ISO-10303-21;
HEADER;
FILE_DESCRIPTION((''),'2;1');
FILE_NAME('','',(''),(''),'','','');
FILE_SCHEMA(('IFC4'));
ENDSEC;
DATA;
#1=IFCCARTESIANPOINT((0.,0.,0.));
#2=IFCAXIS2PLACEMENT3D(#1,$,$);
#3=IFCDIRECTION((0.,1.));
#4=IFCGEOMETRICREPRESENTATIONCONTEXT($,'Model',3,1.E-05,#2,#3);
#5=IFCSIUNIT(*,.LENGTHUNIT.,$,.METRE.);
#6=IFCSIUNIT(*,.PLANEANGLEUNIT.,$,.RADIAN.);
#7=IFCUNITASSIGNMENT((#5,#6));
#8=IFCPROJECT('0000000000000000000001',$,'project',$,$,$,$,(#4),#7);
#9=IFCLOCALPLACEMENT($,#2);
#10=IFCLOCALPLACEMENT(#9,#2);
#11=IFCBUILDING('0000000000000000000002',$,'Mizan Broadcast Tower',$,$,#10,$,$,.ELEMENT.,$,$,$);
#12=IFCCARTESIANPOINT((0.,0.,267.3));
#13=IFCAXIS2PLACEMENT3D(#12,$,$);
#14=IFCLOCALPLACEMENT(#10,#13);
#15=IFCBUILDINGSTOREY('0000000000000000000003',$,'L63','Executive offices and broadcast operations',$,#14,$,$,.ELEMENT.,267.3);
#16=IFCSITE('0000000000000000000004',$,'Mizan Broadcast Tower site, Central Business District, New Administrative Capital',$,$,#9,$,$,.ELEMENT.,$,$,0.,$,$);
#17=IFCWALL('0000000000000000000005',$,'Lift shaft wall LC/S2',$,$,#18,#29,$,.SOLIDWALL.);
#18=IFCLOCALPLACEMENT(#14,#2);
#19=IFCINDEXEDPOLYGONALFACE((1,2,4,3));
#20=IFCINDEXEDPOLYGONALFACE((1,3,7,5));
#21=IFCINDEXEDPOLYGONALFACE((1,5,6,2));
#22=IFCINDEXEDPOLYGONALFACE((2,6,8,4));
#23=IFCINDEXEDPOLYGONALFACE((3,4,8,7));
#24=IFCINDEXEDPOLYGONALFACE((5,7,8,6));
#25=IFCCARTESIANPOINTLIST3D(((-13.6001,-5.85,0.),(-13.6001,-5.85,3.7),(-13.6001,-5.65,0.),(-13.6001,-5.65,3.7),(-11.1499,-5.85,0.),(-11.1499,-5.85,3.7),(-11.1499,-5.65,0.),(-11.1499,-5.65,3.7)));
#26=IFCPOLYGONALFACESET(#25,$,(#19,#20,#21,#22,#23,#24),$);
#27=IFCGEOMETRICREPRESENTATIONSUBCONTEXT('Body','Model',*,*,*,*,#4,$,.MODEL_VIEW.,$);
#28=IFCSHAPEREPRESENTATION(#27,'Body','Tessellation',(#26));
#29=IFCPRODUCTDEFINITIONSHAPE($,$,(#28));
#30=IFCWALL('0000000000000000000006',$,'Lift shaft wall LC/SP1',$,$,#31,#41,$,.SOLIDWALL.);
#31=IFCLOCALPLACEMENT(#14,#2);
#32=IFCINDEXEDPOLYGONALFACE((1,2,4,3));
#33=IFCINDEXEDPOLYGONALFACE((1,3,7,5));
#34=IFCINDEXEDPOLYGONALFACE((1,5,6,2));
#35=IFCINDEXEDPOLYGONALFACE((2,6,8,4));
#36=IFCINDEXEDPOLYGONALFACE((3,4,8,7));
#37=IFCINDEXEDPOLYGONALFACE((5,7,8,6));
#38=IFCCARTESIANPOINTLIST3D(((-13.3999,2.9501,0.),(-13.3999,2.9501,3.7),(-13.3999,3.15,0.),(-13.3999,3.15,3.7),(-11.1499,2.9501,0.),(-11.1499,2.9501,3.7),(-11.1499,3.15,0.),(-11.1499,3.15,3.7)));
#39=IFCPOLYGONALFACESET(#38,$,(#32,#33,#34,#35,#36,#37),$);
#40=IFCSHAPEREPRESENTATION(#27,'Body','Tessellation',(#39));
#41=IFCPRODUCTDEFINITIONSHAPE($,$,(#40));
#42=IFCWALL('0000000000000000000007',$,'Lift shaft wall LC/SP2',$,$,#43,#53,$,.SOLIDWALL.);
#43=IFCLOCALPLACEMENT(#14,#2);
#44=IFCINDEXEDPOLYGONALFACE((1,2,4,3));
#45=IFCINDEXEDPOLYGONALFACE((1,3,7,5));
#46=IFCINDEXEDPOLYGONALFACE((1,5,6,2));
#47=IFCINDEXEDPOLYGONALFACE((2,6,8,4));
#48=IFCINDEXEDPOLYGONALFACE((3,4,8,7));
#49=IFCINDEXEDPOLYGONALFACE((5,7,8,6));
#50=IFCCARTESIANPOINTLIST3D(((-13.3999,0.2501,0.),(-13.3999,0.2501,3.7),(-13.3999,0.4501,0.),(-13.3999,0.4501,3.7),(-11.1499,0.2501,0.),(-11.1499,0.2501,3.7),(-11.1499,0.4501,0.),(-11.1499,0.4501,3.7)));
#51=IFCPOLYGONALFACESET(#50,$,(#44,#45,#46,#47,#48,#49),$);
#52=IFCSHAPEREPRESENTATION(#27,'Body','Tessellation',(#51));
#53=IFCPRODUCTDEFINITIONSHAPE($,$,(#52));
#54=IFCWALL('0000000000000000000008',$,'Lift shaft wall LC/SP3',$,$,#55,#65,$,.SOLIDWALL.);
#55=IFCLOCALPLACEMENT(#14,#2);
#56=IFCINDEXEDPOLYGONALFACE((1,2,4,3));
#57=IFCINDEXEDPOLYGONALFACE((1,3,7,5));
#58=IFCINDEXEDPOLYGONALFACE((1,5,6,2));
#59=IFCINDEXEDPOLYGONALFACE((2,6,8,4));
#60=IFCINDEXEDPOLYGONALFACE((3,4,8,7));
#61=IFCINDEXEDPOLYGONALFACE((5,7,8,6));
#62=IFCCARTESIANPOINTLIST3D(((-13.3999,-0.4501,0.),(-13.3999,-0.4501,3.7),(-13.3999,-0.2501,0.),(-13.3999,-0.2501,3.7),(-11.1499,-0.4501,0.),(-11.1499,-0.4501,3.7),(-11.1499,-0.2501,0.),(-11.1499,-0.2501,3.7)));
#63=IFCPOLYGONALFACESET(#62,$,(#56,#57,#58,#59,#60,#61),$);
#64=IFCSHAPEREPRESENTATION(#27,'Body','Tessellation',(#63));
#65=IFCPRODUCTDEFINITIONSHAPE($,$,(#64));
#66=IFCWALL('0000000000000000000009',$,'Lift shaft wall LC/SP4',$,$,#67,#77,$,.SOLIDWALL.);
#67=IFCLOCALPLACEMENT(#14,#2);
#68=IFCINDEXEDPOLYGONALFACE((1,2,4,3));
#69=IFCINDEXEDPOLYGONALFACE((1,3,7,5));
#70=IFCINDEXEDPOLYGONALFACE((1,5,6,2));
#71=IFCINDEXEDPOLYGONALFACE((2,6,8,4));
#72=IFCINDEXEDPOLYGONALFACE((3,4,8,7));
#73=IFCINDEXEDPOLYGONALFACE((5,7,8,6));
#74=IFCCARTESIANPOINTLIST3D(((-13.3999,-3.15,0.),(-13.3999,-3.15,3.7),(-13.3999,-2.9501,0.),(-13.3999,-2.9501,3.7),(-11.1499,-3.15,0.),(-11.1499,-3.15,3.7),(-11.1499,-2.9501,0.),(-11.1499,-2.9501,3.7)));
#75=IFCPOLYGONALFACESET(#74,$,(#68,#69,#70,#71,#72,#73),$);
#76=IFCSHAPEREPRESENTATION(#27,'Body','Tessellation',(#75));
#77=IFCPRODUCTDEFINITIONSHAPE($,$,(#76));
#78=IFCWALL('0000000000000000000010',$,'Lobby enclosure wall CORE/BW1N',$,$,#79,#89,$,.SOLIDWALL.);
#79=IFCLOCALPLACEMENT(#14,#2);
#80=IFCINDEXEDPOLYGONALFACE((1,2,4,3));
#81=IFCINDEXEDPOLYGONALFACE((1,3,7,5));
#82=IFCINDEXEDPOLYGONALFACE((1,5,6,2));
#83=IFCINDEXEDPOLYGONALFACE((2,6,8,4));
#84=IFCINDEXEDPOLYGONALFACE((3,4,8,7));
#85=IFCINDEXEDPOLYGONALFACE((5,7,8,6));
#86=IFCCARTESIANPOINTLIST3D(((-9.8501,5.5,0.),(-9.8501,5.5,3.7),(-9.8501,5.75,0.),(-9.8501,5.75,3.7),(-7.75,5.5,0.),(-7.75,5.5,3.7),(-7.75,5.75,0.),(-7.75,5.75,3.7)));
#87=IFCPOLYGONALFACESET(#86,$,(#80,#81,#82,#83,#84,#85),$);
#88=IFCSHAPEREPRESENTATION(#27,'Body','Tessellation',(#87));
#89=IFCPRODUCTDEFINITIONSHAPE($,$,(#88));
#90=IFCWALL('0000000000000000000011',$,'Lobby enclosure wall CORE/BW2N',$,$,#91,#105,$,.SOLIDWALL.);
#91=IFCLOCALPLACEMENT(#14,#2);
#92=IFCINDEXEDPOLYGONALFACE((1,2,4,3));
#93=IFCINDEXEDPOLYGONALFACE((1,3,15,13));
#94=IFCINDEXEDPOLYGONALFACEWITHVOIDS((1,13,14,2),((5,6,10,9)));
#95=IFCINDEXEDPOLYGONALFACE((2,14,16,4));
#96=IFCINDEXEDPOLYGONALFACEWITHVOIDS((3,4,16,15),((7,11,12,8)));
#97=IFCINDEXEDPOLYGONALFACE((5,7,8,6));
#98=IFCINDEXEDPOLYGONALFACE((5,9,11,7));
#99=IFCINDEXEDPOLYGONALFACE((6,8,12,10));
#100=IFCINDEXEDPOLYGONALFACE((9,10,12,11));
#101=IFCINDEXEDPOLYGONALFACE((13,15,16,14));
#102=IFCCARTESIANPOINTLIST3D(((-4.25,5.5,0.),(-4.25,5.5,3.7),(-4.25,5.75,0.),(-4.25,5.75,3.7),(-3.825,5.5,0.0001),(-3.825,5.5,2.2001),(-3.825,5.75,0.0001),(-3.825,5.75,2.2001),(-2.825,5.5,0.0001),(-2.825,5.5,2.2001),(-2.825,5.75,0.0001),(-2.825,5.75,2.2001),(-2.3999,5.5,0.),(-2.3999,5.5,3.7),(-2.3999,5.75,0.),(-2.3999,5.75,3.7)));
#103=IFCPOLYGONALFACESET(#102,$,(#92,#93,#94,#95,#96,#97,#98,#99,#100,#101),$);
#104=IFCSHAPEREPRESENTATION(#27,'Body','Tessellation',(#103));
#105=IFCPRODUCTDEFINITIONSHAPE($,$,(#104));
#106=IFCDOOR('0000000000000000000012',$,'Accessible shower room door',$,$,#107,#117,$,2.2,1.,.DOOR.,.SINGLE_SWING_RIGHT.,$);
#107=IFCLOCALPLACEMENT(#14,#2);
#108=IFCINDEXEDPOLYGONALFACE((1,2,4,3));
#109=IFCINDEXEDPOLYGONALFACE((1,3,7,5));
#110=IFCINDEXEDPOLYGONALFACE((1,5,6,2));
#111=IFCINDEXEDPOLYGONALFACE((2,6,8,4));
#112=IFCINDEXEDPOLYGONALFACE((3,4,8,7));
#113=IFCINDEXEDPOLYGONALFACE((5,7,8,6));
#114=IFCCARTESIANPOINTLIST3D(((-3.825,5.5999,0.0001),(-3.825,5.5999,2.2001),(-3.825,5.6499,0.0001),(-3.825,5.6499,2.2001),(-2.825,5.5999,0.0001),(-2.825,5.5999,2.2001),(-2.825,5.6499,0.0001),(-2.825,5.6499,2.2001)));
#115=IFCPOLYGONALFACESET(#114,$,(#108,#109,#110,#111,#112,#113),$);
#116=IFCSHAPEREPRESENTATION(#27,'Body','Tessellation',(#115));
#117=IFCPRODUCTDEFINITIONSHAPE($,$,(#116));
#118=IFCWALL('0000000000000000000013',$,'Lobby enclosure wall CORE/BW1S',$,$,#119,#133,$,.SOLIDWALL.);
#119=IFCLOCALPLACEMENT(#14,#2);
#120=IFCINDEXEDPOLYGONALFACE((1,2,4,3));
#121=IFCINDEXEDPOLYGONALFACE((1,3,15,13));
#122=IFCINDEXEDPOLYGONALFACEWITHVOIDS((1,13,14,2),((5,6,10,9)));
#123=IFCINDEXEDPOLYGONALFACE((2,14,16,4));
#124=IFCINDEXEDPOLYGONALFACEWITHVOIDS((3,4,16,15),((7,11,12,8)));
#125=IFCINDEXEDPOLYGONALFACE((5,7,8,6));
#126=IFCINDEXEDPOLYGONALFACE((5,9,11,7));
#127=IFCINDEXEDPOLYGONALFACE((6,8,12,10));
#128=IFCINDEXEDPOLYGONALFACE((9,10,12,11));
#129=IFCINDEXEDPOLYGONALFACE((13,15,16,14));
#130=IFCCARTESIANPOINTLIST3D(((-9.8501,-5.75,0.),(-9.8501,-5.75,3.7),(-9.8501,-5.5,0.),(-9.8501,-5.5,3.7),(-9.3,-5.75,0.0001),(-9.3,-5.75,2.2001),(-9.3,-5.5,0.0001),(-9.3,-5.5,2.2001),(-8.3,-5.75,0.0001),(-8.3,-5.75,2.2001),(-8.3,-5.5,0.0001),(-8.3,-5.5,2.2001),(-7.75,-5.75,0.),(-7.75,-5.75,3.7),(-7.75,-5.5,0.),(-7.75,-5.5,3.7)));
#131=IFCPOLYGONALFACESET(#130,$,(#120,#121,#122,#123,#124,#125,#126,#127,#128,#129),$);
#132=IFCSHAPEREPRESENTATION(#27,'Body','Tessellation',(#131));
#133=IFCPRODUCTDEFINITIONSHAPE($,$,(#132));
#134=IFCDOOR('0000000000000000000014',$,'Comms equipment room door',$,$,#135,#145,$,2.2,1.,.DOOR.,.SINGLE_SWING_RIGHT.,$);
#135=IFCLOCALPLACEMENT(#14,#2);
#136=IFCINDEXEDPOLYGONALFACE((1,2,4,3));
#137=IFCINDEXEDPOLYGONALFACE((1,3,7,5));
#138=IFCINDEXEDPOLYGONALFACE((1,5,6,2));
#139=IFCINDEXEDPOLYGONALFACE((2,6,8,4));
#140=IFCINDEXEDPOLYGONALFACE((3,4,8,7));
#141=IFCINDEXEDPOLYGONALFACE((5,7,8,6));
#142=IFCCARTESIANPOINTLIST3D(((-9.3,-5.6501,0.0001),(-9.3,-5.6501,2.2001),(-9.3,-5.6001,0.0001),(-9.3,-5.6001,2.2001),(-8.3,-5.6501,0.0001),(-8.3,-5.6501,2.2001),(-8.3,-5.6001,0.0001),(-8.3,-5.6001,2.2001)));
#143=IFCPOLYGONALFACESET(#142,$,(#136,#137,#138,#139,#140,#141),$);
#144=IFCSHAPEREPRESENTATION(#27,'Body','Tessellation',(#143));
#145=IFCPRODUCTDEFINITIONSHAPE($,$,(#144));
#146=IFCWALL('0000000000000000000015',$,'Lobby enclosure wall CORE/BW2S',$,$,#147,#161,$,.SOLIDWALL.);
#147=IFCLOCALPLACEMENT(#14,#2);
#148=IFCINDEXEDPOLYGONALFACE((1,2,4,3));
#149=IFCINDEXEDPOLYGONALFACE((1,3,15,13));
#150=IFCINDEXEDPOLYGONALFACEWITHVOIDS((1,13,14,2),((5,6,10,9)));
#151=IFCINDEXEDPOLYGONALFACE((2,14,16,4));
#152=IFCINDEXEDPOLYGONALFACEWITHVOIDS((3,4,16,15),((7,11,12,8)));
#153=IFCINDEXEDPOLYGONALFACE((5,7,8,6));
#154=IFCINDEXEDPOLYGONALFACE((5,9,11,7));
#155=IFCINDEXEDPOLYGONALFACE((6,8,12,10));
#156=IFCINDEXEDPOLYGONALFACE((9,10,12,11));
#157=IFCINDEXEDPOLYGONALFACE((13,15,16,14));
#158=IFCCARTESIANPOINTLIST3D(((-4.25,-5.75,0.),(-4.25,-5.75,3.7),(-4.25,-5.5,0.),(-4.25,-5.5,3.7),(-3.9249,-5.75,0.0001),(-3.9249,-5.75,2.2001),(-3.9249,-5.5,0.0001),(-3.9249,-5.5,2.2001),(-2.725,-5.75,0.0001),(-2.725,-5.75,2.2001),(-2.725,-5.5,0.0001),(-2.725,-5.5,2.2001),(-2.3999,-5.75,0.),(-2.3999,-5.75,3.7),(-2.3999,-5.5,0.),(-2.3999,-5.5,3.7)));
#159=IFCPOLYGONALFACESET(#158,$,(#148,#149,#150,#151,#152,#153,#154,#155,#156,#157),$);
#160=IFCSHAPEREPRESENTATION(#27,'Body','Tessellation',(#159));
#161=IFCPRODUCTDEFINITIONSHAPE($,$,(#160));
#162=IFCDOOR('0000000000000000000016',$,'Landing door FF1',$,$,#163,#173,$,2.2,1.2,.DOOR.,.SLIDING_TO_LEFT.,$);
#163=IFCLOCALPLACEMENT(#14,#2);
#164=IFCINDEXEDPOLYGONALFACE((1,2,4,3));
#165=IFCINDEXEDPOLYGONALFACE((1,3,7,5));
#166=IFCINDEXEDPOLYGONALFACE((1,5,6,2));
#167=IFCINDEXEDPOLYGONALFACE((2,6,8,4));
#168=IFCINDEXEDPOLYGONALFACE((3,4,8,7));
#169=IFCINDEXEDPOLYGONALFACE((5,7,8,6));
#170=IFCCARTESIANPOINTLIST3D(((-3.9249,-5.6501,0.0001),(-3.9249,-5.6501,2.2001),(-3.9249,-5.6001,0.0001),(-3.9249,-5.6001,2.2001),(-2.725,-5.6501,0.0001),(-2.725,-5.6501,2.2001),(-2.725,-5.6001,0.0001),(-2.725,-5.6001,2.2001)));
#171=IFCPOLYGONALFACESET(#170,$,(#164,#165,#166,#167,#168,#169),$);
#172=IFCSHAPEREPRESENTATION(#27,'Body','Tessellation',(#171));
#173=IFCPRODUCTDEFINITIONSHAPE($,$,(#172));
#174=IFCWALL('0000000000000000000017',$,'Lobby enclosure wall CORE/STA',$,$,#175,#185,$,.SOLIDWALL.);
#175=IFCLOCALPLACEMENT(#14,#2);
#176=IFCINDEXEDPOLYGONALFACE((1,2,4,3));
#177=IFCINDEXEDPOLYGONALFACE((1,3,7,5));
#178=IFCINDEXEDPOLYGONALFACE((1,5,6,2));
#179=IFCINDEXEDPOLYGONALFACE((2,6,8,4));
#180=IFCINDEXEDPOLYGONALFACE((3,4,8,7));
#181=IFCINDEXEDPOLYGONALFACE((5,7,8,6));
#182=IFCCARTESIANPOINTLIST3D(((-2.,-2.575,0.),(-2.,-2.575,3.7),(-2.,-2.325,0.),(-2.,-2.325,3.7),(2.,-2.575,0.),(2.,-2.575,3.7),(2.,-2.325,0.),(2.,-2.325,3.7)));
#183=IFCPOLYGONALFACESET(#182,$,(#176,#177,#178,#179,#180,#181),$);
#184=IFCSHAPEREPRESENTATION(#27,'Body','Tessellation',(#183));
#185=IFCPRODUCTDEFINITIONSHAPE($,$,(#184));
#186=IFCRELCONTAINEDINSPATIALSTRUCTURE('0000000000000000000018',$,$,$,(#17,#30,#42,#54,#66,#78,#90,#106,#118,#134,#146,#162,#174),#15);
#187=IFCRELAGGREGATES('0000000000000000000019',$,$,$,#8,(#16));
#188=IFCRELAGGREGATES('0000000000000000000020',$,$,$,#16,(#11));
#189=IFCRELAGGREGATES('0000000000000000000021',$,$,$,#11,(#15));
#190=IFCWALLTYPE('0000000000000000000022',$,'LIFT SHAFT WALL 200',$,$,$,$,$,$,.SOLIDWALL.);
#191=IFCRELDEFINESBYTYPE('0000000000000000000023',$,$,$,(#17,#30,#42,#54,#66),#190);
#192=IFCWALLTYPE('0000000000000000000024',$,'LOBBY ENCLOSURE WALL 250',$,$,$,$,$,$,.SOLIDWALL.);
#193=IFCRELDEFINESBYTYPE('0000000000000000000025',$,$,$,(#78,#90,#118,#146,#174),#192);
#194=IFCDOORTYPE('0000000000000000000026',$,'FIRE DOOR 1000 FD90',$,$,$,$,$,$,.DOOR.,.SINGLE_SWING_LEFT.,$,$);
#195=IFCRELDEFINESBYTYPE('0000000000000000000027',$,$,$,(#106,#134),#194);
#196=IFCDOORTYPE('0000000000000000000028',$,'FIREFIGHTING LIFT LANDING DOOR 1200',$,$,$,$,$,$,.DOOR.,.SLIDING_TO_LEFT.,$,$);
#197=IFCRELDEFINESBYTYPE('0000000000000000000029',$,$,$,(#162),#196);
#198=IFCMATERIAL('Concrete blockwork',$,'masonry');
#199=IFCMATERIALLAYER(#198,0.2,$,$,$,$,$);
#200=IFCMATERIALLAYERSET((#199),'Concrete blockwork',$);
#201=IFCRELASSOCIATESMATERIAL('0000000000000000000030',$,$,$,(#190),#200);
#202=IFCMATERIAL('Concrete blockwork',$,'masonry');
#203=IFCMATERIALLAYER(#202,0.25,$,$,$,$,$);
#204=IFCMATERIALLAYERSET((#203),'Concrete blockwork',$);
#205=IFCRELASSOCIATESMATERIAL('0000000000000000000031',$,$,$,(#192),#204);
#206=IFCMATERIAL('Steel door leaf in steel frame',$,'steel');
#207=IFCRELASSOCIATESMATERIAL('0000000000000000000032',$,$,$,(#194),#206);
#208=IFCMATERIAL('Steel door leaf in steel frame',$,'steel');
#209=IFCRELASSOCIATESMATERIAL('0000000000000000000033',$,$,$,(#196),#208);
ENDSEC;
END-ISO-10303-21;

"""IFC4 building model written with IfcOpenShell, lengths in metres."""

from ifc_helpers import new_model, si_unit, direction, frame, frame_2d, origin, place, context, subcontext, project, spatial, rectangle, extrude, material, layer, layer_set, type_object, element, fill, save


model = new_model("IFC4")

# Units and contexts
model_context = context("Model", 3, precision=1e-05, world=origin(), true_north=direction((0.0, 1.0)))
body_context = subcontext(model_context, "Body", "Model", "MODEL_VIEW")
ifc_project = project(units=[si_unit("LENGTHUNIT", "METRE"), si_unit("PLANEANGLEUNIT", "RADIAN")], contexts=[model_context])

# Site, building, storey
site_placement = place(None, origin())
site = spatial("IfcSite", under=ifc_project, at=site_placement, Name="Mizan Broadcast Tower site, Central Business District, New Administrative Capital", CompositionType="ELEMENT", RefElevation=0.0)
building_placement = place(site_placement, origin())
building = spatial("IfcBuilding", under=site, at=building_placement, Name="Mizan Broadcast Tower", CompositionType="ELEMENT")
storey_placement = place(building_placement, frame((0.0, 0.0, 267.3)))
storey = spatial("IfcBuildingStorey", under=building, at=storey_placement, Name="L63", Description="Executive offices and broadcast operations", CompositionType="ELEMENT", Elevation=267.3)

# Walls
ifc_material_1 = material(Name="Concrete blockwork", Category="masonry")
ifc_layer_1 = layer(ifc_material_1, 0.2)
ifc_layer_set_1 = layer_set([ifc_layer_1], Name="Concrete blockwork")
wall_type_1 = type_object("IfcWallType", Name="LIFT SHAFT WALL 200", PredefinedType="SOLIDWALL", material=ifc_layer_set_1)
for number, where, z_axis, x_axis, name in (
    (1, (-11.1499, -5.75, 0.0), (0.0, 0.0, 1.0), (-1.0, 0.0, 0.0), "Lift shaft wall LC/S2"),
):
    element("IfcWall", number, at=place(storey_placement, frame(where, z_axis=z_axis, x_axis=x_axis)), inside=storey, type_object=wall_type_1, Name=name, PredefinedType="SOLIDWALL", context=body_context, shape_type="SweptSolid", body=[
        extrude(rectangle(XDim=2.4502, YDim=0.2, at=frame_2d((1.2251, 0.0))), origin(), (0.0, 0.0, 1.0), 3.7),
    ])
for number, where, z_axis, x_axis, name in (
    (2, (-11.1499, 3.05, 0.0), (0.0, 0.0, 1.0), (-1.0, 0.0, 0.0), "Lift shaft wall LC/SP1"),
    (3, (-11.1499, 0.3501, 0.0), (0.0, 0.0, 1.0), (-1.0, 0.0, 0.0), "Lift shaft wall LC/SP2"),
    (4, (-11.1499, -0.3501, 0.0), (0.0, 0.0, 1.0), (-1.0, 0.0, 0.0), "Lift shaft wall LC/SP3"),
    (5, (-11.1499, -3.05, 0.0), (0.0, 0.0, 1.0), (-1.0, 0.0, 0.0), "Lift shaft wall LC/SP4"),
):
    element("IfcWall", number, at=place(storey_placement, frame(where, z_axis=z_axis, x_axis=x_axis)), inside=storey, type_object=wall_type_1, Name=name, PredefinedType="SOLIDWALL", context=body_context, shape_type="SweptSolid", body=[
        extrude(rectangle(XDim=2.25, YDim=0.2, at=frame_2d((1.125, 0.0))), origin(), (0.0, 0.0, 1.0), 3.7),
    ])
ifc_material_2 = material(Name="Concrete blockwork", Category="masonry")
ifc_layer_2 = layer(ifc_material_2, 0.25)
ifc_layer_set_2 = layer_set([ifc_layer_2], Name="Concrete blockwork")
wall_type_2 = type_object("IfcWallType", Name="LOBBY ENCLOSURE WALL 250", PredefinedType="SOLIDWALL", material=ifc_layer_set_2)
wall_1_placement = place(storey_placement, frame((-9.8501, 5.625, 0.0), z_axis=(0.0, 0.0, 1.0), x_axis=(1.0, 0.0, 0.0)))
element("IfcWall", 6, at=wall_1_placement, inside=storey, type_object=wall_type_2, Name="Lobby enclosure wall CORE/BW1N", PredefinedType="SOLIDWALL", context=body_context, shape_type="SweptSolid", body=[
    extrude(rectangle(XDim=2.1001, YDim=0.25, at=frame_2d((1.05, 0.0))), origin(), (0.0, 0.0, 1.0), 3.7),
])

# Walls, openings, doors
wall_2_placement = place(storey_placement, frame((-4.25, 5.625, 0.0), z_axis=(0.0, 0.0, 1.0), x_axis=(1.0, 0.0, 0.0)))
wall_2 = element("IfcWall", 7, at=wall_2_placement, inside=storey, type_object=wall_type_2, Name="Lobby enclosure wall CORE/BW2N", PredefinedType="SOLIDWALL", context=body_context, shape_type="SweptSolid", body=[
    extrude(rectangle(XDim=1.8501, YDim=0.25, at=frame_2d((0.925, 0.0))), origin(), (0.0, 0.0, 1.0), 3.7),
])
opening_1_placement = place(wall_2_placement, frame((0.425, 0.0, 0.0)))
opening_1 = element("IfcOpeningElement", 8, at=opening_1_placement, cuts=wall_2, PredefinedType="OPENING", context=body_context, shape_type="SweptSolid", body=[
    extrude(rectangle(XDim=1.0, YDim=2.2, at=frame_2d((0.5, 1.1001))), frame((0.0, 0.135, 0.0), z_axis=(0.0, -1.0, 0.0), x_axis=(1.0, 0.0, 0.0)), (0.0, 0.0, 1.0), 0.27),
])
ifc_material_3 = material(Name="Steel door leaf in steel frame", Category="steel")
door_type_1 = type_object("IfcDoorType", Name="FIRE DOOR 1000 FD90", OperationType="SINGLE_SWING_LEFT", PredefinedType="DOOR", material=ifc_material_3)
door_1_placement = place(opening_1_placement, origin())
door_1 = element("IfcDoor", 9, at=door_1_placement, inside=storey, type_object=door_type_1, Name="Accessible shower room door", OperationType="SINGLE_SWING_RIGHT", OverallHeight=2.2, OverallWidth=1.0, PredefinedType="DOOR", context=body_context, shape_type="SweptSolid", body=[
    extrude(rectangle(XDim=1.0, YDim=2.2, at=frame_2d((0.5, 1.1001))), frame((0.0, 0.0249, 0.0), z_axis=(0.0, -1.0, 0.0), x_axis=(1.0, 0.0, 0.0)), (0.0, 0.0, 1.0), 0.05),
])
fill(opening_1, door_1)
wall_3_placement = place(storey_placement, frame((-9.8501, -5.625, 0.0), z_axis=(0.0, 0.0, 1.0), x_axis=(1.0, 0.0, 0.0)))
wall_3 = element("IfcWall", 10, at=wall_3_placement, inside=storey, type_object=wall_type_2, Name="Lobby enclosure wall CORE/BW1S", PredefinedType="SOLIDWALL", context=body_context, shape_type="SweptSolid", body=[
    extrude(rectangle(XDim=2.1001, YDim=0.25, at=frame_2d((1.05, 0.0))), origin(), (0.0, 0.0, 1.0), 3.7),
])
opening_2_placement = place(wall_3_placement, frame((0.55, 0.0, 0.0)))
opening_2 = element("IfcOpeningElement", 11, at=opening_2_placement, cuts=wall_3, PredefinedType="OPENING", context=body_context, shape_type="SweptSolid", body=[
    extrude(rectangle(XDim=1.0, YDim=2.2, at=frame_2d((0.5, 1.1001))), frame((0.0, 0.135, 0.0), z_axis=(0.0, -1.0, 0.0), x_axis=(1.0, 0.0, 0.0)), (0.0, 0.0, 1.0), 0.27),
])
door_2_placement = place(opening_2_placement, origin())
door_2 = element("IfcDoor", 12, at=door_2_placement, inside=storey, type_object=door_type_1, Name="Comms equipment room door", OperationType="SINGLE_SWING_RIGHT", OverallHeight=2.2, OverallWidth=1.0, PredefinedType="DOOR", context=body_context, shape_type="SweptSolid", body=[
    extrude(rectangle(XDim=1.0, YDim=2.2, at=frame_2d((0.5, 1.1001))), frame((0.0, 0.0249, 0.0), z_axis=(0.0, -1.0, 0.0), x_axis=(1.0, 0.0, 0.0)), (0.0, 0.0, 1.0), 0.05),
])
fill(opening_2, door_2)
wall_4_placement = place(storey_placement, frame((-4.25, -5.625, 0.0), z_axis=(0.0, 0.0, 1.0), x_axis=(1.0, 0.0, 0.0)))
wall_4 = element("IfcWall", 13, at=wall_4_placement, inside=storey, type_object=wall_type_2, Name="Lobby enclosure wall CORE/BW2S", PredefinedType="SOLIDWALL", context=body_context, shape_type="SweptSolid", body=[
    extrude(rectangle(XDim=1.8501, YDim=0.25, at=frame_2d((0.925, 0.0))), origin(), (0.0, 0.0, 1.0), 3.7),
])
opening_3_placement = place(wall_4_placement, frame((0.325, 0.0, 0.0)))
opening_3 = element("IfcOpeningElement", 14, at=opening_3_placement, cuts=wall_4, PredefinedType="OPENING", context=body_context, shape_type="SweptSolid", body=[
    extrude(rectangle(XDim=1.2, YDim=2.2, at=frame_2d((0.6001, 1.1001))), frame((0.0, 0.135, 0.0), z_axis=(0.0, -1.0, 0.0), x_axis=(1.0, 0.0, 0.0)), (0.0, 0.0, 1.0), 0.27),
])
ifc_material_4 = material(Name="Steel door leaf in steel frame", Category="steel")
door_type_2 = type_object("IfcDoorType", Name="FIREFIGHTING LIFT LANDING DOOR 1200", OperationType="SLIDING_TO_LEFT", PredefinedType="DOOR", material=ifc_material_4)
door_3_placement = place(opening_3_placement, origin())
door_3 = element("IfcDoor", 15, at=door_3_placement, inside=storey, type_object=door_type_2, Name="Landing door FF1", OperationType="SLIDING_TO_LEFT", OverallHeight=2.2, OverallWidth=1.2, PredefinedType="DOOR", context=body_context, shape_type="SweptSolid", body=[
    extrude(rectangle(XDim=1.2, YDim=2.2, at=frame_2d((0.6001, 1.1001))), frame((0.0, 0.0249, 0.0), z_axis=(0.0, -1.0, 0.0), x_axis=(1.0, 0.0, 0.0)), (0.0, 0.0, 1.0), 0.05),
])
fill(opening_3, door_3)

# Wall
for number, where, z_axis, x_axis, name in (
    (16, (-2.0, -2.45, 0.0), (0.0, 0.0, 1.0), (1.0, 0.0, 0.0), "Lobby enclosure wall CORE/STA"),
):
    element("IfcWall", number, at=place(storey_placement, frame(where, z_axis=z_axis, x_axis=x_axis)), inside=storey, type_object=wall_type_2, Name=name, PredefinedType="SOLIDWALL", context=body_context, shape_type="SweptSolid", body=[
        extrude(rectangle(XDim=4.0, YDim=0.25, at=frame_2d((2.0, 0.0))), origin(), (0.0, 0.0, 1.0), 3.7),
    ])

save(model, "model.ifc")
